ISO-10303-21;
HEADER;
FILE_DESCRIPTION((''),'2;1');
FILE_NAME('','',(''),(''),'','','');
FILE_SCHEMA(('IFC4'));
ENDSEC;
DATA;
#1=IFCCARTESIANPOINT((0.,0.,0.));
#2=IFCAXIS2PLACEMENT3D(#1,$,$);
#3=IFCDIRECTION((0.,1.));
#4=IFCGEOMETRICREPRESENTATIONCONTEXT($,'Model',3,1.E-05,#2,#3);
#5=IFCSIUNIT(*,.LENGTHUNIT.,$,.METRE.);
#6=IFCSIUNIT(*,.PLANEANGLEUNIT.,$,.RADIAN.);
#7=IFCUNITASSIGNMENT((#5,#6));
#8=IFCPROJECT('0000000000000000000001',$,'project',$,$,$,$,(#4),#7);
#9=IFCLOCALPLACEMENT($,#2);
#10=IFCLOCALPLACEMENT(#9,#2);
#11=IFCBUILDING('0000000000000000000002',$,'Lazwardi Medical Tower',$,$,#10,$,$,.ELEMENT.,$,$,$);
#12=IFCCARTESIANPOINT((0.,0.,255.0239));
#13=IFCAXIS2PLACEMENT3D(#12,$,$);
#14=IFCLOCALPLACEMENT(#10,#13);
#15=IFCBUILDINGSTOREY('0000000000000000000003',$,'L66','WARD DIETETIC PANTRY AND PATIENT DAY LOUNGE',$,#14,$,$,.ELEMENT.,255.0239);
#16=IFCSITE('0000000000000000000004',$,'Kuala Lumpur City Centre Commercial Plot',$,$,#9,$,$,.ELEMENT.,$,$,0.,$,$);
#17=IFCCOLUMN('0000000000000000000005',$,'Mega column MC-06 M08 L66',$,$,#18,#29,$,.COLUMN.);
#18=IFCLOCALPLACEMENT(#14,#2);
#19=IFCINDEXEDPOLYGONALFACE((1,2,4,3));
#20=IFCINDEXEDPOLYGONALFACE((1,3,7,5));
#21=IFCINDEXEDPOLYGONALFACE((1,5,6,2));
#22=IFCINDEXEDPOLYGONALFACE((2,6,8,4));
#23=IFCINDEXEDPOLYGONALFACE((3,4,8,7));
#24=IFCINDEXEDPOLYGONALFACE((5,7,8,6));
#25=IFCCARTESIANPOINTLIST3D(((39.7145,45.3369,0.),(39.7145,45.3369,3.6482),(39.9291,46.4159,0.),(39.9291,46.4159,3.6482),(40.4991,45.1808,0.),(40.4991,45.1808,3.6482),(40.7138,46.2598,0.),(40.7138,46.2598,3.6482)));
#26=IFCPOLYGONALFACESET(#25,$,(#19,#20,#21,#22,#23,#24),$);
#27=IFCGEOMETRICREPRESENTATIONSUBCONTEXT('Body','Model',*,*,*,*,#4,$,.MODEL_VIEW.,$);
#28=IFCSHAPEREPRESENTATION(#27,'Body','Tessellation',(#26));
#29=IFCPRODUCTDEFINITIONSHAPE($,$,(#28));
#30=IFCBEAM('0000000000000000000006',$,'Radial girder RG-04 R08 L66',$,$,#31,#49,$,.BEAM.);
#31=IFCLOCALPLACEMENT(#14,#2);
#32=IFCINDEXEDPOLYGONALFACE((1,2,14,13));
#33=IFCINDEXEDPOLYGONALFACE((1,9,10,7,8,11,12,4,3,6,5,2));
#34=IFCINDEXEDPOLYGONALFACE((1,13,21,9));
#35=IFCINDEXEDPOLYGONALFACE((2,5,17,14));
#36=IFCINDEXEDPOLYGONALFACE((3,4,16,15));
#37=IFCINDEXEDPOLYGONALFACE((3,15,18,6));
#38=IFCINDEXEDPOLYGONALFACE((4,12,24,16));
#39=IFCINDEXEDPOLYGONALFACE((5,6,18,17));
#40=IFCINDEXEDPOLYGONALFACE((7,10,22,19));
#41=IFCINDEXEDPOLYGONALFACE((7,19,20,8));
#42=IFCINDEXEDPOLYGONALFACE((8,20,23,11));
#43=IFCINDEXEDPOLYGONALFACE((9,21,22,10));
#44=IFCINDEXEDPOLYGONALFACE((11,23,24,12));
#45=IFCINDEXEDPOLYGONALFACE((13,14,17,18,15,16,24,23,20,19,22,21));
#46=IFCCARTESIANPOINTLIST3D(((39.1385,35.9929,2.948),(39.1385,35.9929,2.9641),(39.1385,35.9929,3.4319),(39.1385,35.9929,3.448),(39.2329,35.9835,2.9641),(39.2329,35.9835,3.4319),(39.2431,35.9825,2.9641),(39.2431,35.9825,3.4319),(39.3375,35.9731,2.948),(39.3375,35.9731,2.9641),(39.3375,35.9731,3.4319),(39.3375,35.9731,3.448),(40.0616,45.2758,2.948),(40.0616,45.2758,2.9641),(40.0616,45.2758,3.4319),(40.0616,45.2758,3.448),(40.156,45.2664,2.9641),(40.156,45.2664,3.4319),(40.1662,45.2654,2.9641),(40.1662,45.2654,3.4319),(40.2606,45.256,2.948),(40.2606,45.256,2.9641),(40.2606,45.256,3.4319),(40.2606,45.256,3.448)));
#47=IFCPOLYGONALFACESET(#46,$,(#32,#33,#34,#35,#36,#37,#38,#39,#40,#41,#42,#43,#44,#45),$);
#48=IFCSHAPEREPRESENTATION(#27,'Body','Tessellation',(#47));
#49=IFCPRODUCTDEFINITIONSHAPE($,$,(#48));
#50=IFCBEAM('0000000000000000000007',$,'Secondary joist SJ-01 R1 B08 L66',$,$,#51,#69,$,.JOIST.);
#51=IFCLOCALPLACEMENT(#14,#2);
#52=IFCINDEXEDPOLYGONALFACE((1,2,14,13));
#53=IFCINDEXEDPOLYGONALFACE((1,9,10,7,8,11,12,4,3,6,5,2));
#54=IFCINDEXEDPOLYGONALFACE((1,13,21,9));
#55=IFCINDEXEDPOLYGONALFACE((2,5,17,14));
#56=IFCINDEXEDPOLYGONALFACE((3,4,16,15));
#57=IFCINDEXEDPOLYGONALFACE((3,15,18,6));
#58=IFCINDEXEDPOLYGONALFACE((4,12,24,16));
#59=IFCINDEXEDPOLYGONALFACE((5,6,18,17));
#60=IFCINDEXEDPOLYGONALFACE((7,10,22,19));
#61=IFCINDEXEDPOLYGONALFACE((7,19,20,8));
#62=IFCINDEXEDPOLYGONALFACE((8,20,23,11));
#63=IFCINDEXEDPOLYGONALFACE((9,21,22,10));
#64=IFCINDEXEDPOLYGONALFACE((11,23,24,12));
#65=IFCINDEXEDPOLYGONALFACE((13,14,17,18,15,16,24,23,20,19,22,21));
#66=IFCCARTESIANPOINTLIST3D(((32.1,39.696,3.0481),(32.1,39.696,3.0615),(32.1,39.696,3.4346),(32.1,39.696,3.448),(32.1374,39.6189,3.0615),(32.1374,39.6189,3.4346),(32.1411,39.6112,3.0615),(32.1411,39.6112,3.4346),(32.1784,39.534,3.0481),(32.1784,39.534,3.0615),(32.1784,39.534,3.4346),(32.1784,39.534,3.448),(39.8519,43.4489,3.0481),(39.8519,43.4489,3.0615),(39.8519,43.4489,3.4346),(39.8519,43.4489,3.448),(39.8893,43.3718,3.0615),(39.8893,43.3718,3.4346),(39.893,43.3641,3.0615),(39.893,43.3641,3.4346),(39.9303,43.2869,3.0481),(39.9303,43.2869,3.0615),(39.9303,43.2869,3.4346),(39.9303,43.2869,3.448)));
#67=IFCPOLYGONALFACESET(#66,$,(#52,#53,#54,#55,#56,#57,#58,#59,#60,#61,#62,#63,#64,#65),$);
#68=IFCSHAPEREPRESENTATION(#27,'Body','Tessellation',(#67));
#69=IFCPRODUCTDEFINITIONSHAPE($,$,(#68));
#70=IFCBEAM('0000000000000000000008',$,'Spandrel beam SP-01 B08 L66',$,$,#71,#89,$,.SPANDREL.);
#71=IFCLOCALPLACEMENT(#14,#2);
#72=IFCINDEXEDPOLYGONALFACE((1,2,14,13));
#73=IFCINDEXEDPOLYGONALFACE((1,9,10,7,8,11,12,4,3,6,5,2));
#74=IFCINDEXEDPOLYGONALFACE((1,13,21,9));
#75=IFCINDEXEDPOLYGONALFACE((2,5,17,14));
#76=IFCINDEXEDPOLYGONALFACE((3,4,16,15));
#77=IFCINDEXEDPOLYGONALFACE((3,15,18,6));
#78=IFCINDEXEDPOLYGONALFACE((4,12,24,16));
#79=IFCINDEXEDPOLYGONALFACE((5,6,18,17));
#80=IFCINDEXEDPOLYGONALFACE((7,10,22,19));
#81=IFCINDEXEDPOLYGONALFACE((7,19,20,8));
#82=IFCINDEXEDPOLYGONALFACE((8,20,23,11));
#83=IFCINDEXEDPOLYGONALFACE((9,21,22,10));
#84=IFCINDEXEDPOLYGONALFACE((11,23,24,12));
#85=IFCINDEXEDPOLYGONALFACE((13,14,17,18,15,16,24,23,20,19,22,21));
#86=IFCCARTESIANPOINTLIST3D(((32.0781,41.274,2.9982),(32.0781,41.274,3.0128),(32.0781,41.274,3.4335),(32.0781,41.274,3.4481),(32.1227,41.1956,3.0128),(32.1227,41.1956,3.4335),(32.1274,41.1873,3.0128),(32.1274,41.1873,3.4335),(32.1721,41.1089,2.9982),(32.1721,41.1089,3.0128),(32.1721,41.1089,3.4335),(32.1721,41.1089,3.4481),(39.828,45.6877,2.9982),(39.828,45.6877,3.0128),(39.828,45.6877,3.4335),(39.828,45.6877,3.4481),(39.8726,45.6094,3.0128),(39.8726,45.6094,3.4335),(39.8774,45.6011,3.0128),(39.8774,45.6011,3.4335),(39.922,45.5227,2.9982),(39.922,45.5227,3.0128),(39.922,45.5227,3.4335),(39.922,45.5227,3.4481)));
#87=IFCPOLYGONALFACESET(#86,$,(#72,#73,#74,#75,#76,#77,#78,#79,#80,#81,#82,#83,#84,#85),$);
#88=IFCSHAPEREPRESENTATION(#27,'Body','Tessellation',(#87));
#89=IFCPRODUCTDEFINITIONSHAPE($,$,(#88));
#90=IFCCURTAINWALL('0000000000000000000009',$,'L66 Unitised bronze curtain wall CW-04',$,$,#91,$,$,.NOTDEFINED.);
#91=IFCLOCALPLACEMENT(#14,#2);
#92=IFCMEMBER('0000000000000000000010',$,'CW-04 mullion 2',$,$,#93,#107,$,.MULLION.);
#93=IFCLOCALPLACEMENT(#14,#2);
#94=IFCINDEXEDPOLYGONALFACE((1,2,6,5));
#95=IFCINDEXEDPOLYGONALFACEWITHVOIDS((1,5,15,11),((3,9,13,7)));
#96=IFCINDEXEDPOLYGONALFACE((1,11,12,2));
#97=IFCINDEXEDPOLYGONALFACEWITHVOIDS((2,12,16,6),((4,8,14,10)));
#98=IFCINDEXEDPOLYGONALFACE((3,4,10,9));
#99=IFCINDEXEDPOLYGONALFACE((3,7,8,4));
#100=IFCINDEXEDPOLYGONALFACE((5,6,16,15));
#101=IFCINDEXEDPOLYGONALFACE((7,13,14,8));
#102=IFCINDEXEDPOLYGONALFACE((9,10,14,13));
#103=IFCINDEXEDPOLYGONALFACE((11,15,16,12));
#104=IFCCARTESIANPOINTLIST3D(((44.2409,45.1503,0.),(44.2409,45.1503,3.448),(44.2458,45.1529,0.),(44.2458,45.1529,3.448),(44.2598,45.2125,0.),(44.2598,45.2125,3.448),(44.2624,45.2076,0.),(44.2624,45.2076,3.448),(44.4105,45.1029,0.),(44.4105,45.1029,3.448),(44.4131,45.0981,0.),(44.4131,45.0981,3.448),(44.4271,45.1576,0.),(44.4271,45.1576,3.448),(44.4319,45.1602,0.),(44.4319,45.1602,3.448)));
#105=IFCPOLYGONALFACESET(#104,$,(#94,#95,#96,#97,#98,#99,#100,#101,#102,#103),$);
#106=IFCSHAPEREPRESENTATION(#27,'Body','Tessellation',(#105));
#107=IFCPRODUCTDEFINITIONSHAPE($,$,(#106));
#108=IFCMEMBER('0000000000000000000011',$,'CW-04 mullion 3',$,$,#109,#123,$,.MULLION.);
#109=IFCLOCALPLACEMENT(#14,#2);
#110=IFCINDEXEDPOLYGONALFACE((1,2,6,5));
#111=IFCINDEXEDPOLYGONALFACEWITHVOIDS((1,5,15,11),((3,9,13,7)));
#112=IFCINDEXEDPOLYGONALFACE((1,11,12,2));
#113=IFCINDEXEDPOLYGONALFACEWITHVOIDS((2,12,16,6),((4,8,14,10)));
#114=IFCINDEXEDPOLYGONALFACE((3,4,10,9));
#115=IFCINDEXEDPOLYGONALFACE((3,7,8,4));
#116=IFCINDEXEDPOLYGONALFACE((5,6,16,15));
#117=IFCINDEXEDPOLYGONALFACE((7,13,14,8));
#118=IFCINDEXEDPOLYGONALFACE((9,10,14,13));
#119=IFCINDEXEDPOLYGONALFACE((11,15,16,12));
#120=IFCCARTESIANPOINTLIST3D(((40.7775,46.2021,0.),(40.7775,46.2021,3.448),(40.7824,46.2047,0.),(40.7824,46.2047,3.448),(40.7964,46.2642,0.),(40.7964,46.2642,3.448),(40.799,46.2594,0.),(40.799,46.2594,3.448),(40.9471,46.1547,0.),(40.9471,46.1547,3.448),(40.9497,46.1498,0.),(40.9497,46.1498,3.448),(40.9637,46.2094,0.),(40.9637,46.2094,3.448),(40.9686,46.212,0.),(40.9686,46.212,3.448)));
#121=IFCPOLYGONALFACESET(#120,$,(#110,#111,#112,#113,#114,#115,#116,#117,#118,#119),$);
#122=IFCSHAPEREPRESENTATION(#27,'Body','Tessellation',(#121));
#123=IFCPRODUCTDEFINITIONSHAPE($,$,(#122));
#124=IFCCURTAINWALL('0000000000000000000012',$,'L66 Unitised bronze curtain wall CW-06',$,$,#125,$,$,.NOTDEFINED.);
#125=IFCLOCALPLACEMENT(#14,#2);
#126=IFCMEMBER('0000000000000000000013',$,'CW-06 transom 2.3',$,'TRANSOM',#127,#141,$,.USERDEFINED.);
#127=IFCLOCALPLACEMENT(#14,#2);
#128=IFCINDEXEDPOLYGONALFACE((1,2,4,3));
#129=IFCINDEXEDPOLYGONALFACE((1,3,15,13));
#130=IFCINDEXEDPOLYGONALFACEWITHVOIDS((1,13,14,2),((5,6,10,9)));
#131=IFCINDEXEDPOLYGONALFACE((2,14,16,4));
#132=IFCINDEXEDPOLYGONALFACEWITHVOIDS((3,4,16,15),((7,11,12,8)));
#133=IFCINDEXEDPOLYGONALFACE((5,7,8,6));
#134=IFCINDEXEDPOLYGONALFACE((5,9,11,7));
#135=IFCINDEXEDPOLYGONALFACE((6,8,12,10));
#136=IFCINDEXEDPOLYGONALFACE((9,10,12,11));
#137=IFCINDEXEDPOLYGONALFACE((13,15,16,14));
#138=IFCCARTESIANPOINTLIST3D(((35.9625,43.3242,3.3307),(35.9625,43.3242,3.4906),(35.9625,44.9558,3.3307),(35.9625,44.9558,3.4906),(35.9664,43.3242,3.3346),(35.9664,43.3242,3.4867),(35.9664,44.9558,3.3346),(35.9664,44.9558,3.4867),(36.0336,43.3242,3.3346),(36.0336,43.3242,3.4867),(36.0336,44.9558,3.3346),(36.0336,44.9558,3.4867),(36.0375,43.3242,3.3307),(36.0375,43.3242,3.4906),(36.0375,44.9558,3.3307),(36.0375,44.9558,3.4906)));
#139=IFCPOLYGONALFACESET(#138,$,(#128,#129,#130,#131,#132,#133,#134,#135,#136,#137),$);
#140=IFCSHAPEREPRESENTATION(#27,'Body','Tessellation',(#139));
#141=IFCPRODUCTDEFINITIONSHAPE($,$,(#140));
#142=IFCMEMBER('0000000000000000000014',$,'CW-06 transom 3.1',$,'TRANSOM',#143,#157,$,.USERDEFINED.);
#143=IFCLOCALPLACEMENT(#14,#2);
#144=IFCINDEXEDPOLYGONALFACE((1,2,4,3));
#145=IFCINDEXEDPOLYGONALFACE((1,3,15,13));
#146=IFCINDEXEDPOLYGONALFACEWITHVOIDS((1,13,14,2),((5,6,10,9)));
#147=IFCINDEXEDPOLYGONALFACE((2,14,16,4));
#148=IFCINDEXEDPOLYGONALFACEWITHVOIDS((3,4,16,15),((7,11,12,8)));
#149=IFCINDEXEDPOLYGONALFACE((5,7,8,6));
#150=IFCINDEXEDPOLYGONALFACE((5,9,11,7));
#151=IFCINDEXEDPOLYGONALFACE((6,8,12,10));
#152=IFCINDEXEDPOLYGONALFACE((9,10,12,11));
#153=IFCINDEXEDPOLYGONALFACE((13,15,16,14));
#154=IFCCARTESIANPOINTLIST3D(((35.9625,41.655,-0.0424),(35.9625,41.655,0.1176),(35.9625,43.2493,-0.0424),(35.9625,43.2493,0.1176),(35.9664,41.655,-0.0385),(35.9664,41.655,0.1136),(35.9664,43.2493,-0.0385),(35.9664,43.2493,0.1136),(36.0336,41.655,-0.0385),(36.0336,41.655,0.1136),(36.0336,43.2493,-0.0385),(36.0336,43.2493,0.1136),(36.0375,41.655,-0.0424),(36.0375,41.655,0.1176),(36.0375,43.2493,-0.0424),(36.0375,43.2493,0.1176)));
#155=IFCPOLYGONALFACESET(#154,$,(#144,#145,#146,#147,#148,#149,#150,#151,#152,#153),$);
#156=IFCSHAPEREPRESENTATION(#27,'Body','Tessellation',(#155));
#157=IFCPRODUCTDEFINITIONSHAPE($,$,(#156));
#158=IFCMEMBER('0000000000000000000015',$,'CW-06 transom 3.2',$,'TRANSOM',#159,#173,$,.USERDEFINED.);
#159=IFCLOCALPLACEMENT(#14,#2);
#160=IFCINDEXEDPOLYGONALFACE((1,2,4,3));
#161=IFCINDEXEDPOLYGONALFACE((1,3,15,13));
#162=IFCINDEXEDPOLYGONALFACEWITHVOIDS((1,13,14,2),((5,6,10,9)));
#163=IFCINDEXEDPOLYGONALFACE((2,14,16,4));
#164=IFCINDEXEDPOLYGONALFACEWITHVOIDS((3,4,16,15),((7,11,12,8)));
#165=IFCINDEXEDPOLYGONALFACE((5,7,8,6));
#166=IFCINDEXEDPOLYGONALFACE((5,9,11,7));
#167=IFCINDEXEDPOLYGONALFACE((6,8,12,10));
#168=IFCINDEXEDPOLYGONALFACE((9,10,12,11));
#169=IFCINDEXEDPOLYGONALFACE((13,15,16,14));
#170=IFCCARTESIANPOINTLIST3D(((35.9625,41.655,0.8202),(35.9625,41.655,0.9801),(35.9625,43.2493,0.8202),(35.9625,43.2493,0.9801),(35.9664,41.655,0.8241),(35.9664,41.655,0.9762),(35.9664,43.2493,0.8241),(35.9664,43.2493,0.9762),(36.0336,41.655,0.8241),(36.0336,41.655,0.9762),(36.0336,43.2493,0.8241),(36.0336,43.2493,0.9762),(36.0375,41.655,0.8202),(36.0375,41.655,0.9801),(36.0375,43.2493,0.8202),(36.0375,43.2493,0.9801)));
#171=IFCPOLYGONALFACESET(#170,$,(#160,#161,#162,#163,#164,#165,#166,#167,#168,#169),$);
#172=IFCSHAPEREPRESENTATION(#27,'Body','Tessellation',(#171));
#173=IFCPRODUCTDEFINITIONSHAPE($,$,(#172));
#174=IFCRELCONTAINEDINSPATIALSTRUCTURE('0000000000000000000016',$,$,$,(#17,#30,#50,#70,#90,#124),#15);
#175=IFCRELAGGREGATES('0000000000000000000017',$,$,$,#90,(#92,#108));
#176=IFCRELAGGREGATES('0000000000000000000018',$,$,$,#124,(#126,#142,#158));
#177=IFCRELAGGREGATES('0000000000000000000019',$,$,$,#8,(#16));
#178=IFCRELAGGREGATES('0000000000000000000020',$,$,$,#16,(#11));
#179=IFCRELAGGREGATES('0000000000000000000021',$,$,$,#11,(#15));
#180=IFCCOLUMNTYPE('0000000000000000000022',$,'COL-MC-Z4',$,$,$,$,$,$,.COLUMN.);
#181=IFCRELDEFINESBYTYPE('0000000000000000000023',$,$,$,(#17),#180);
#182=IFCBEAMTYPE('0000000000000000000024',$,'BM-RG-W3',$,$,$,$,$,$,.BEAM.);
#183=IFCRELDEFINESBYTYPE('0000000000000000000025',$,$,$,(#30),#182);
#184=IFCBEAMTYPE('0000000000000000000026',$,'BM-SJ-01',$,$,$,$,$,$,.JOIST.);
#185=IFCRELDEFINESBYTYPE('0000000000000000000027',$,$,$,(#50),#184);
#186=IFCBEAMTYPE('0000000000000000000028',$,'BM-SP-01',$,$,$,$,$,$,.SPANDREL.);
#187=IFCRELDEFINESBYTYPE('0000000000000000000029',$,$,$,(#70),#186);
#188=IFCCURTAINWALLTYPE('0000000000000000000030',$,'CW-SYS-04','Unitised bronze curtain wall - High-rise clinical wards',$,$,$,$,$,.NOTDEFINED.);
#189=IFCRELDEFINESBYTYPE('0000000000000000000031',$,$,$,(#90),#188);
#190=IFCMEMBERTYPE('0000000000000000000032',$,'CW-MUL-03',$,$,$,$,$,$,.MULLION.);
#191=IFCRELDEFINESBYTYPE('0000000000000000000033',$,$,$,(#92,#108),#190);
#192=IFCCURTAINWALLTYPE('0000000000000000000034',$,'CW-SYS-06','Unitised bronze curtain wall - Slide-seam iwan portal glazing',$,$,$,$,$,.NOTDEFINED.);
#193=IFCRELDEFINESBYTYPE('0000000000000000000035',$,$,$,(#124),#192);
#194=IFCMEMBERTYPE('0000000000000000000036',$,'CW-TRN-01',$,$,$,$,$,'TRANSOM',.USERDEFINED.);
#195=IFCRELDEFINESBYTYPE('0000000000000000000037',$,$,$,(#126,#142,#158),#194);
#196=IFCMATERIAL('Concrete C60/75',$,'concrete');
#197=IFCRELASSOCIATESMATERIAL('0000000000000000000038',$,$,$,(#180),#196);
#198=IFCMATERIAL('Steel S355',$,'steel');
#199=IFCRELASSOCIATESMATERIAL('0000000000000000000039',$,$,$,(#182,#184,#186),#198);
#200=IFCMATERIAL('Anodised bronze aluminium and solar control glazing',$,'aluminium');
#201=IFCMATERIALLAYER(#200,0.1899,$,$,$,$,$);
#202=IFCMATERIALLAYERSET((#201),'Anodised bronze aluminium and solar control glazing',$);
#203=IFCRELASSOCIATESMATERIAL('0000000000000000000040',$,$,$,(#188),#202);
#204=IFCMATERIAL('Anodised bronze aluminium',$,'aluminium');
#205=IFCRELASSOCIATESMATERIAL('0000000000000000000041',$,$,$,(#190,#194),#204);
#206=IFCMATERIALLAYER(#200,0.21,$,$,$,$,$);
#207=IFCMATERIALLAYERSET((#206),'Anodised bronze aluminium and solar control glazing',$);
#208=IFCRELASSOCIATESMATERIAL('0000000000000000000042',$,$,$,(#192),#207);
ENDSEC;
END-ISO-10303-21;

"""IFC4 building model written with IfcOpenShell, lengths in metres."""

from ifc_helpers import new_model, si_unit, direction, frame, origin, origin_2d, place, context, subcontext, project, spatial, rectangle, hollow_rectangle, i_section, extrude, material, layer, layer_set, material_profile, profile_set, type_object, element, aggregate, save


model = new_model("IFC4")

# Units and contexts
model_context = context("Model", 3, precision=1e-05, world=origin(), true_north=direction((0.0, 1.0)))
body_context = subcontext(model_context, "Body", "Model", "MODEL_VIEW")
ifc_project = project(units=[si_unit("LENGTHUNIT", "METRE"), si_unit("PLANEANGLEUNIT", "RADIAN")], contexts=[model_context])

# Site, building, storey
site_placement = place(None, origin())
site = spatial("IfcSite", under=ifc_project, at=site_placement, Name="Kuala Lumpur City Centre Commercial Plot", CompositionType="ELEMENT", RefElevation=0.0)
building_placement = place(site_placement, origin())
building = spatial("IfcBuilding", under=site, at=building_placement, Name="Lazwardi Medical Tower", CompositionType="ELEMENT")
storey_placement = place(building_placement, frame((0.0, 0.0, 255.0239)))
storey = spatial("IfcBuildingStorey", under=building, at=storey_placement, Name="L66", Description="WARD DIETETIC PANTRY AND PATIENT DAY LOUNGE", CompositionType="ELEMENT", Elevation=255.0239)

# Column
ifc_material_1 = material(Name="Concrete C60/75", Category="concrete")
ifc_material_profile_1 = material_profile(ifc_material_1, rectangle(XDim=1.1001, YDim=0.8, at=origin_2d()), Name="CFT-RECT 1100x800")
ifc_profile_set_1 = profile_set([ifc_material_profile_1], Name="Concrete C60/75")
column_type = type_object("IfcColumnType", Name="COL-MC-Z4", PredefinedType="COLUMN", material=ifc_profile_set_1)
column_placement = place(storey_placement, frame((40.2141, 45.7983, 0.0), z_axis=(0.0, 0.0, 1.0), x_axis=(0.19509, 0.980785, 0.0)))
element("IfcColumn", 1, at=column_placement, inside=storey, type_object=column_type, Name="Mega column MC-06 M08 L66", PredefinedType="COLUMN", context=body_context, shape_type="SweptSolid", body=[
    extrude(rectangle(XDim=1.1001, YDim=0.8, at=origin_2d()), origin(), (0.0, 0.0, 1.0), 3.6482),
])

# Beams
ifc_material_2 = material(Name="Steel S355", Category="steel")
ifc_material_profile_2 = material_profile(ifc_material_2, i_section(OverallWidth=0.2, OverallDepth=0.5, WebThickness=0.0103, FlangeThickness=0.0161, at=origin_2d()), Name="IPE 500")
ifc_profile_set_2 = profile_set([ifc_material_profile_2], Name="Steel S355")
beam_type_1 = type_object("IfcBeamType", Name="BM-RG-W3", PredefinedType="BEAM", material=ifc_profile_set_2)
beam_1_placement = place(storey_placement, frame((40.1611, 45.2659, 3.198), z_axis=(-0.098954, -0.995092, 0.0), x_axis=(0.995092, -0.098954, 0.0)))
element("IfcBeam", 2, at=beam_1_placement, inside=storey, type_object=beam_type_1, Name="Radial girder RG-04 R08 L66", PredefinedType="BEAM", context=body_context, shape_type="SweptSolid", body=[
    extrude(i_section(OverallWidth=0.2, OverallDepth=0.5, WebThickness=0.0103, FlangeThickness=0.0161, at=origin_2d()), origin(), (0.0, 0.0, 1.0), 9.3286),
])
ifc_material_profile_3 = material_profile(ifc_material_2, i_section(OverallWidth=0.1799, OverallDepth=0.3999, WebThickness=0.0085, FlangeThickness=0.0134, at=origin_2d()), Name="IPE 400")
ifc_profile_set_3 = profile_set([ifc_material_profile_3], Name="Steel S355")
beam_type_2 = type_object("IfcBeamType", Name="BM-SJ-01", PredefinedType="JOIST", material=ifc_profile_set_3)
beam_2_placement = place(storey_placement, frame((39.8911, 43.3679, 3.248), z_axis=(-0.900069, -0.435748, 0.0), x_axis=(0.435748, -0.900069, 0.0)))
element("IfcBeam", 3, at=beam_2_placement, inside=storey, type_object=beam_type_2, Name="Secondary joist SJ-01 R1 B08 L66", PredefinedType="JOIST", context=body_context, shape_type="SweptSolid", body=[
    extrude(i_section(OverallWidth=0.1799, OverallDepth=0.3999, WebThickness=0.0085, FlangeThickness=0.0134, at=origin_2d()), origin(), (0.0, 0.0, 1.0), 8.6125),
])
ifc_material_profile_4 = material_profile(ifc_material_2, i_section(OverallWidth=0.1899, OverallDepth=0.45, WebThickness=0.0095, FlangeThickness=0.0146, at=origin_2d()), Name="IPE 450")
ifc_profile_set_4 = profile_set([ifc_material_profile_4], Name="Steel S355")
beam_type_3 = type_object("IfcBeamType", Name="BM-SP-01", PredefinedType="SPANDREL", material=ifc_profile_set_4)
beam_3_placement = place(storey_placement, frame((39.875, 45.6052, 3.2231), z_axis=(-0.868955, -0.494891, 0.0), x_axis=(0.494891, -0.868955, 0.0)))
element("IfcBeam", 4, at=beam_3_placement, inside=storey, type_object=beam_type_3, Name="Spandrel beam SP-01 B08 L66", PredefinedType="SPANDREL", context=body_context, shape_type="SweptSolid", body=[
    extrude(i_section(OverallWidth=0.1899, OverallDepth=0.45, WebThickness=0.0095, FlangeThickness=0.0146, at=origin_2d()), origin(), (0.0, 0.0, 1.0), 8.9187),
])

# Curtain walls, members
ifc_material_3 = material(Name="Anodised bronze aluminium and solar control glazing", Category="aluminium")
ifc_layer_1 = layer(ifc_material_3, 0.1899)
ifc_layer_set_1 = layer_set([ifc_layer_1], Name="Anodised bronze aluminium and solar control glazing")
curtain_wall_type_1 = type_object("IfcCurtainWallType", Name="CW-SYS-04", Description="Unitised bronze curtain wall - High-rise clinical wards", PredefinedType="NOTDEFINED", material=ifc_layer_set_1)
curtain_wall_1_placement = place(storey_placement, origin())
curtain_wall_1 = element("IfcCurtainWall", 5, at=curtain_wall_1_placement, inside=storey, type_object=curtain_wall_type_1, Name="L66 Unitised bronze curtain wall CW-04", PredefinedType="NOTDEFINED")
ifc_material_4 = material(Name="Anodised bronze aluminium", Category="aluminium")
ifc_material_profile_5 = material_profile(ifc_material_4, hollow_rectangle(XDim=0.0649, YDim=0.1799, WallThickness=0.0039, at=origin_2d()), Name="ALU-MULLION 180x65x4")
ifc_profile_set_5 = profile_set([ifc_material_profile_5], Name="Anodised bronze aluminium")
member_type_1 = type_object("IfcMemberType", Name="CW-MUL-03", PredefinedType="MULLION", material=ifc_profile_set_5)
member_1_placement = place(storey_placement, frame((44.3364, 45.1553, 0.0), z_axis=(0.0, 0.0, 1.0), x_axis=(-0.290582, -0.95685, 0.0)))
member_1 = element("IfcMember", 6, at=member_1_placement, type_object=member_type_1, Name="CW-04 mullion 2", PredefinedType="MULLION", context=body_context, shape_type="SweptSolid", body=[
    extrude(hollow_rectangle(XDim=0.0649, YDim=0.1799, WallThickness=0.0039, at=origin_2d()), origin(), (0.0, 0.0, 1.0), 3.448),
])
member_2_placement = place(storey_placement, frame((40.873, 46.207, 0.0), z_axis=(0.0, 0.0, 1.0), x_axis=(-0.290582, -0.95685, 0.0)))
member_2 = element("IfcMember", 7, at=member_2_placement, type_object=member_type_1, Name="CW-04 mullion 3", PredefinedType="MULLION", context=body_context, shape_type="SweptSolid", body=[
    extrude(hollow_rectangle(XDim=0.0649, YDim=0.1799, WallThickness=0.0039, at=origin_2d()), origin(), (0.0, 0.0, 1.0), 3.448),
])
ifc_layer_2 = layer(ifc_material_3, 0.21)
ifc_layer_set_2 = layer_set([ifc_layer_2], Name="Anodised bronze aluminium and solar control glazing")
curtain_wall_type_2 = type_object("IfcCurtainWallType", Name="CW-SYS-06", Description="Unitised bronze curtain wall - Slide-seam iwan portal glazing", PredefinedType="NOTDEFINED", material=ifc_layer_set_2)
curtain_wall_2_placement = place(storey_placement, origin())
curtain_wall_2 = element("IfcCurtainWall", 8, at=curtain_wall_2_placement, inside=storey, type_object=curtain_wall_type_2, Name="L66 Unitised bronze curtain wall CW-06", PredefinedType="NOTDEFINED")
ifc_material_profile_6 = material_profile(ifc_material_4, hollow_rectangle(XDim=0.075, YDim=0.1599, WallThickness=0.0039, at=origin_2d()), Name="ALU-TRANSOM 160x75x4")
ifc_profile_set_6 = profile_set([ifc_material_profile_6], Name="Anodised bronze aluminium")
member_type_2 = type_object("IfcMemberType", Name="CW-TRN-01", ElementType="TRANSOM", PredefinedType="USERDEFINED", material=ifc_profile_set_6)
member_3_placement = place(storey_placement, frame((36.0, 44.9558, 3.4106), z_axis=(0.0, -1.0, 0.0), x_axis=(1.0, 0.0, 0.0)))
member_3 = element("IfcMember", 9, at=member_3_placement, type_object=member_type_2, Name="CW-06 transom 2.3", ObjectType="TRANSOM", PredefinedType="USERDEFINED", context=body_context, shape_type="SweptSolid", body=[
    extrude(hollow_rectangle(XDim=0.075, YDim=0.1599, WallThickness=0.0039, at=origin_2d()), origin(), (0.0, 0.0, 1.0), 1.6316),
])
member_4_placement = place(storey_placement, frame((36.0, 43.2493, 0.0376), z_axis=(0.0, -1.0, 0.0), x_axis=(1.0, 0.0, 0.0)))
member_4 = element("IfcMember", 10, at=member_4_placement, type_object=member_type_2, Name="CW-06 transom 3.1", ObjectType="TRANSOM", PredefinedType="USERDEFINED", context=body_context, shape_type="SweptSolid", body=[
    extrude(hollow_rectangle(XDim=0.075, YDim=0.1599, WallThickness=0.0039, at=origin_2d()), origin(), (0.0, 0.0, 1.0), 1.5942),
])
member_5_placement = place(storey_placement, frame((36.0, 43.2493, 0.9001), z_axis=(0.0, -1.0, 0.0), x_axis=(1.0, 0.0, 0.0)))
member_5 = element("IfcMember", 11, at=member_5_placement, type_object=member_type_2, Name="CW-06 transom 3.2", ObjectType="TRANSOM", PredefinedType="USERDEFINED", context=body_context, shape_type="SweptSolid", body=[
    extrude(hollow_rectangle(XDim=0.075, YDim=0.1599, WallThickness=0.0039, at=origin_2d()), origin(), (0.0, 0.0, 1.0), 1.5942),
])

aggregate(curtain_wall_1, [member_1, member_2])
aggregate(curtain_wall_2, [member_3, member_4, member_5])

save(model, "model.ifc")
